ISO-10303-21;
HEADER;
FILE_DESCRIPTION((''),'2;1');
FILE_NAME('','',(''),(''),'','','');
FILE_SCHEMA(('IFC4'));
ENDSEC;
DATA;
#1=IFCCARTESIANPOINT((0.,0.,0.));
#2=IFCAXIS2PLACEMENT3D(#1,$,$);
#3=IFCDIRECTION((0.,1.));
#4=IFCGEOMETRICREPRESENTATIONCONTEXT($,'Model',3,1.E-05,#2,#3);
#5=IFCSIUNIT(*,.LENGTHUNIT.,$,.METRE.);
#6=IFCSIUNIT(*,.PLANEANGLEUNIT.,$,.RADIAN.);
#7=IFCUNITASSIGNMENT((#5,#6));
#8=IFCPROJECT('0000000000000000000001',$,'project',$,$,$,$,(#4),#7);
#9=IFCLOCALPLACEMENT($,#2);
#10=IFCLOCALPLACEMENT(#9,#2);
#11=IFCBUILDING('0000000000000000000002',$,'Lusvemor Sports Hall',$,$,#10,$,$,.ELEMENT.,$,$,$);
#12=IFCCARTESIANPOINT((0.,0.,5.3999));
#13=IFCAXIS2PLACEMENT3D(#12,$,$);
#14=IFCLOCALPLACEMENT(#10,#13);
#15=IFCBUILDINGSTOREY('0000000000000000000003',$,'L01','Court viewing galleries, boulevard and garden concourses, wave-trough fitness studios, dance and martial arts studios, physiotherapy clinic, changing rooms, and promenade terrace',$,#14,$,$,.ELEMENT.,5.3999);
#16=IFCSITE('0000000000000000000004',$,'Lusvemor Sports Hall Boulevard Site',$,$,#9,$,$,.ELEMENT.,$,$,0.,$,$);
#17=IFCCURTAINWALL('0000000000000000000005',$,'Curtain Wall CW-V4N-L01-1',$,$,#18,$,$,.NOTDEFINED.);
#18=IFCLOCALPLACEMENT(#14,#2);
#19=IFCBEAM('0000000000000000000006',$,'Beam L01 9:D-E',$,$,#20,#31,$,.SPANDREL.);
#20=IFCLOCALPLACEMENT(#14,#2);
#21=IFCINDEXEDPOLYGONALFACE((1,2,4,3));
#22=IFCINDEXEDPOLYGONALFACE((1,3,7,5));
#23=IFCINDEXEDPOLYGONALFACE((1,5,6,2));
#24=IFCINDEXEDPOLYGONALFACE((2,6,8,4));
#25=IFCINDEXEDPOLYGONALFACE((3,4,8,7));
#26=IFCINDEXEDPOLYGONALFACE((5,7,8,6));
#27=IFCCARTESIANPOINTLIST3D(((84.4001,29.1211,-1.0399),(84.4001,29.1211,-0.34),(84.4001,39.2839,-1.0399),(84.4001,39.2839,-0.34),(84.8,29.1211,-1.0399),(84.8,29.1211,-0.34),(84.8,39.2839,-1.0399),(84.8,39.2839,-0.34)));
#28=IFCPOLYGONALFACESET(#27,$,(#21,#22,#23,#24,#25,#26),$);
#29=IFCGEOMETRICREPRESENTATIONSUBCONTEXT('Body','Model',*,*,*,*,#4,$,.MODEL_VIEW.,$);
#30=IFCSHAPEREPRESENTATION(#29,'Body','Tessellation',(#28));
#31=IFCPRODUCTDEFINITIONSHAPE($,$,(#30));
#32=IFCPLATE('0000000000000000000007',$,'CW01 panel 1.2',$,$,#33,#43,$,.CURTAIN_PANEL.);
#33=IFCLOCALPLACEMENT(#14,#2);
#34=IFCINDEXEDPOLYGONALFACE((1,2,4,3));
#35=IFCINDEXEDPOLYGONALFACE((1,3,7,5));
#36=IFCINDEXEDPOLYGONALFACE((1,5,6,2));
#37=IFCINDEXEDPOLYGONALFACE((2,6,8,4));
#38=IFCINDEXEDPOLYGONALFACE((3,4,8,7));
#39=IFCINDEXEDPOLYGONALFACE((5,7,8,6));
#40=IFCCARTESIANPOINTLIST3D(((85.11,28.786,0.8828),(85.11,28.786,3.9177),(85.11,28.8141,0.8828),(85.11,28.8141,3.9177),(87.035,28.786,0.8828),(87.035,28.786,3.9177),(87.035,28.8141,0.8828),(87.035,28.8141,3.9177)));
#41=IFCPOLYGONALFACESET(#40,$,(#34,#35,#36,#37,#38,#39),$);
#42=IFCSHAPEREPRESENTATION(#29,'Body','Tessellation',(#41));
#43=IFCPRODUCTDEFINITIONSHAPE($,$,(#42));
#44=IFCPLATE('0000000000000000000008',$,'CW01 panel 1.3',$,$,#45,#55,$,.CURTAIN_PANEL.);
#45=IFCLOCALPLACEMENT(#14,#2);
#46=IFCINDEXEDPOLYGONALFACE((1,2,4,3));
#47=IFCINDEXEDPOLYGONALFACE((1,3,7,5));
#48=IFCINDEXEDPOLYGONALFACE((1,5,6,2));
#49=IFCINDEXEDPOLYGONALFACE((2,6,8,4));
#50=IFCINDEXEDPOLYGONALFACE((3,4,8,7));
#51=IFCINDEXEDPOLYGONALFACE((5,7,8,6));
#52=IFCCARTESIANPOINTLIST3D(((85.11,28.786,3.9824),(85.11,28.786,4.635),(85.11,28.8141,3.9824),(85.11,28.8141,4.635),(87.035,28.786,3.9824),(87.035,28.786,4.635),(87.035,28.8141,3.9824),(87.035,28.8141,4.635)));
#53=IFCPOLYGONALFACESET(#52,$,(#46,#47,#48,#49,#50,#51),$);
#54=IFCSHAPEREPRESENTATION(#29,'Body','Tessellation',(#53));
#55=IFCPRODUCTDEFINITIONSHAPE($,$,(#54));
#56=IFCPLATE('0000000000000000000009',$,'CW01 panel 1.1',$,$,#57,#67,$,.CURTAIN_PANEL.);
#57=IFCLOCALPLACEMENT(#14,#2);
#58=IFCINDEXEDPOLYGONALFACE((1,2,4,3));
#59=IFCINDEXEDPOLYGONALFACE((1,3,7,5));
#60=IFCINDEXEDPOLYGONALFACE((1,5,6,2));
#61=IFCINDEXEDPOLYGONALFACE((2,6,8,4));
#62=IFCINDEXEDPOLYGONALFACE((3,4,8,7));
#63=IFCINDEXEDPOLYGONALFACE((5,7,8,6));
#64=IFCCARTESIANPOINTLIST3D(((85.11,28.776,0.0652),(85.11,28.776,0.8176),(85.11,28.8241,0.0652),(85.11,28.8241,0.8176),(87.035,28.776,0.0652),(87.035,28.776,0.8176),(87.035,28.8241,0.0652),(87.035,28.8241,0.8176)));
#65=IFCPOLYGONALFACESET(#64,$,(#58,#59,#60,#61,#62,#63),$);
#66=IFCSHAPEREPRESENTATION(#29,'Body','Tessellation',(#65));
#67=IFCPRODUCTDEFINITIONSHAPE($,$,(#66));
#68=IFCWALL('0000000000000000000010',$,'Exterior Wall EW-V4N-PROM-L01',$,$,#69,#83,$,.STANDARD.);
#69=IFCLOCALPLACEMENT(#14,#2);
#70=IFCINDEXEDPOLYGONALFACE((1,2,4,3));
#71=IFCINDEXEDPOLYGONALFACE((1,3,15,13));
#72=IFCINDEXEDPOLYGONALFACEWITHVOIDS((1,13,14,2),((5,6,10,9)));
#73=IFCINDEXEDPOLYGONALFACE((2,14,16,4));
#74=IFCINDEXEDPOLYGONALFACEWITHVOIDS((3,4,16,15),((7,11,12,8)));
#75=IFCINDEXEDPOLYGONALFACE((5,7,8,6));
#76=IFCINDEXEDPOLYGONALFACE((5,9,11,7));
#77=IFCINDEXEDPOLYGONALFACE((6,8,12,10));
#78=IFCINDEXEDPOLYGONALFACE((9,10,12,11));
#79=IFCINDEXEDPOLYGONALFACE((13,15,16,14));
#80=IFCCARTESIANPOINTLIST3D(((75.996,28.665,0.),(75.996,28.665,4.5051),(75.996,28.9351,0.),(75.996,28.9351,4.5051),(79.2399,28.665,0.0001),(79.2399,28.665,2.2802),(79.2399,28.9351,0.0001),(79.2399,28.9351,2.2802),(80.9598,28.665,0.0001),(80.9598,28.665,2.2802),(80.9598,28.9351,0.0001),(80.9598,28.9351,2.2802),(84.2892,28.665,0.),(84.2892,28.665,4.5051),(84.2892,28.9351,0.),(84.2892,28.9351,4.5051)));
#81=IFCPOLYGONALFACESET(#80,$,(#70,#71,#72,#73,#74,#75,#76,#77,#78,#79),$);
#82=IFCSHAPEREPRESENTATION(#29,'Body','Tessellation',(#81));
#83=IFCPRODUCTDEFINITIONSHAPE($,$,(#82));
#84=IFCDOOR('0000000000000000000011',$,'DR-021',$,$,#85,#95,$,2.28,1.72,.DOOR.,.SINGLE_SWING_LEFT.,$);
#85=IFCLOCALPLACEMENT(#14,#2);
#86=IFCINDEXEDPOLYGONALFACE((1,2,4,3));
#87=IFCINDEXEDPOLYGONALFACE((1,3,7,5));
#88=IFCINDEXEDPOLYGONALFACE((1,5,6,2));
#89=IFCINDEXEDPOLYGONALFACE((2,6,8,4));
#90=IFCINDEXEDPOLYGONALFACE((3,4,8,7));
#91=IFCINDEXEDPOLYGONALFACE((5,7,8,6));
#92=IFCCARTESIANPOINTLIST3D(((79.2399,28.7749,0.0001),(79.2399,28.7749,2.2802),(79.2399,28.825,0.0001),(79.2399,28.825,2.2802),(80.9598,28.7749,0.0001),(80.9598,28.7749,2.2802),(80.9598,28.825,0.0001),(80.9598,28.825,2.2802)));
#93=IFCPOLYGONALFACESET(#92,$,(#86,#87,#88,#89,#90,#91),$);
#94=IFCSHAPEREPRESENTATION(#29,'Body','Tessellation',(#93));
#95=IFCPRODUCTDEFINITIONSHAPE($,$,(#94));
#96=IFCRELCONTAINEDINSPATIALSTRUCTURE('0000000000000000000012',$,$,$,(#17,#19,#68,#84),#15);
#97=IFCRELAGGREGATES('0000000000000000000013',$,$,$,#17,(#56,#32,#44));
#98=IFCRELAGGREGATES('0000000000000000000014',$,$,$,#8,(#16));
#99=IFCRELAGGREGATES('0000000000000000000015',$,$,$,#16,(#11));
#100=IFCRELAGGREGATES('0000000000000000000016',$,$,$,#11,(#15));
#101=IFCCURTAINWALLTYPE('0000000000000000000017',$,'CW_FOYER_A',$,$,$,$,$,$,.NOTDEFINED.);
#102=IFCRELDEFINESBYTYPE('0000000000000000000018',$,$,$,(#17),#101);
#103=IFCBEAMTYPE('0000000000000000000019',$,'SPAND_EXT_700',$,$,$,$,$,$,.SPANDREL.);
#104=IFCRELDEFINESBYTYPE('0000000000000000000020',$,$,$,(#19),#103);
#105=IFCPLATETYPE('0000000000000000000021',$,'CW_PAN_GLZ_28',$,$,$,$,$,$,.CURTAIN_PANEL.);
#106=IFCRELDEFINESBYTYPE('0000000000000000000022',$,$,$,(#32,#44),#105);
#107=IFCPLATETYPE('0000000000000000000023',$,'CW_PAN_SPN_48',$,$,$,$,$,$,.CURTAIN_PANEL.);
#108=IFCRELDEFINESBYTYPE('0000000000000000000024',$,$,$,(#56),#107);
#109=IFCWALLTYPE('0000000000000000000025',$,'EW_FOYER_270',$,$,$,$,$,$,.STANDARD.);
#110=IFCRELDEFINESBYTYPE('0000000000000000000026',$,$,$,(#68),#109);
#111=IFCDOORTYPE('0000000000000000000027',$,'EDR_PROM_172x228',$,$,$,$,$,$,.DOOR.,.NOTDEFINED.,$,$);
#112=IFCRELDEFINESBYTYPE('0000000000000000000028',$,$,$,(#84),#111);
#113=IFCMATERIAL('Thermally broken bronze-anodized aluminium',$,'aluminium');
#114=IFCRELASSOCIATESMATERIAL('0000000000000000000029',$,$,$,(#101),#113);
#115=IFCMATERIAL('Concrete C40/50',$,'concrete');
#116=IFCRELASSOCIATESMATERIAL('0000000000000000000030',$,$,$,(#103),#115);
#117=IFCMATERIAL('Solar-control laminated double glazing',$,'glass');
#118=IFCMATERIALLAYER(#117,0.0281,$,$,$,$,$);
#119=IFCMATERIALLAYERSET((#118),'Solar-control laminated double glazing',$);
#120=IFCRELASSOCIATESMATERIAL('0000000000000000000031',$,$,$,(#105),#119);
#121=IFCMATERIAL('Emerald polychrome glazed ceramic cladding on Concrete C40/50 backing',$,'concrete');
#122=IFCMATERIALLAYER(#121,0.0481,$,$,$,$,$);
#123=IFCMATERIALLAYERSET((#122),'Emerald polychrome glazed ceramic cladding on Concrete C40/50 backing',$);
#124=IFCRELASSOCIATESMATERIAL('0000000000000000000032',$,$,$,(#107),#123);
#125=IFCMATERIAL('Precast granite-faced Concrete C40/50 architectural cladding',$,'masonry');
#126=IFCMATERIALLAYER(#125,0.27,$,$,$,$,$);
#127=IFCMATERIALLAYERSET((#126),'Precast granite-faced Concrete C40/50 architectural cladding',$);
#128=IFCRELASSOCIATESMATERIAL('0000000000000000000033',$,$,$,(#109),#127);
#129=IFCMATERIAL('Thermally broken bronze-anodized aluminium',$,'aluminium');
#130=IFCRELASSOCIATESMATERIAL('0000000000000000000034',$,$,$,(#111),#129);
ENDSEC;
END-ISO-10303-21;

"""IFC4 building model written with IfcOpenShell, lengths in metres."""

from ifc_helpers import new_model, si_unit, direction, frame, frame_2d, origin, origin_2d, place, context, subcontext, project, spatial, rectangle, extrude, material, layer, layer_set, material_profile, profile_set, type_object, element, fill, aggregate, save


model = new_model("IFC4")

# Units and contexts
model_context = context("Model", 3, precision=1e-05, world=origin(), true_north=direction((0.0, 1.0)))
body_context = subcontext(model_context, "Body", "Model", "MODEL_VIEW")
ifc_project = project(units=[si_unit("LENGTHUNIT", "METRE"), si_unit("PLANEANGLEUNIT", "RADIAN")], contexts=[model_context])

# Site, building, storey
site_placement = place(None, origin())
site = spatial("IfcSite", under=ifc_project, at=site_placement, Name="Lusvemor Sports Hall Boulevard Site", CompositionType="ELEMENT", RefElevation=0.0)
building_placement = place(site_placement, origin())
building = spatial("IfcBuilding", under=site, at=building_placement, Name="Lusvemor Sports Hall", CompositionType="ELEMENT")
storey_placement = place(building_placement, frame((0.0, 0.0, 5.3999)))
storey = spatial("IfcBuildingStorey", under=building, at=storey_placement, Name="L01", Description="Court viewing galleries, boulevard and garden concourses, wave-trough fitness studios, dance and martial arts studios, physiotherapy clinic, changing rooms, and promenade terrace", CompositionType="ELEMENT", Elevation=5.3999)

# Curtain wall
ifc_material_1 = material(Name="Thermally broken bronze-anodized aluminium", Category="aluminium")
curtain_wall_type = type_object("IfcCurtainWallType", Name="CW_FOYER_A", PredefinedType="NOTDEFINED", material=ifc_material_1)
curtain_wall_placement = place(storey_placement, origin())
curtain_wall = element("IfcCurtainWall", 1, at=curtain_wall_placement, inside=storey, type_object=curtain_wall_type, Name="Curtain Wall CW-V4N-L01-1", PredefinedType="NOTDEFINED")

# Beam
ifc_material_2 = material(Name="Concrete C40/50", Category="concrete")
ifc_material_profile_1 = material_profile(ifc_material_2, rectangle(XDim=0.3999, YDim=0.7, at=origin_2d()), Name="RC400x700")
ifc_profile_set_1 = profile_set([ifc_material_profile_1], Name="Concrete C40/50")
beam_type_1 = type_object("IfcBeamType", Name="SPAND_EXT_700", PredefinedType="SPANDREL", material=ifc_profile_set_1)
beam_1_placement = place(storey_placement, frame((84.6001, 29.1211, -0.6899), z_axis=(0.0, 1.0, 0.0), x_axis=(-1.0, 0.0, 0.0)))
element("IfcBeam", 2, at=beam_1_placement, inside=storey, type_object=beam_type_1, Name="Beam L01 9:D-E", PredefinedType="SPANDREL", context=body_context, shape_type="SweptSolid", body=[
    extrude(rectangle(XDim=0.3999, YDim=0.7, at=origin_2d()), origin(), (0.0, 0.0, 1.0), 10.1628),
])

# Plates
ifc_material_3 = material(Name="Solar-control laminated double glazing", Category="glass")
ifc_layer_1 = layer(ifc_material_3, 0.0281)
ifc_layer_set_1 = layer_set([ifc_layer_1], Name="Solar-control laminated double glazing")
plate_type_1 = type_object("IfcPlateType", Name="CW_PAN_GLZ_28", PredefinedType="CURTAIN_PANEL", material=ifc_layer_set_1)
plate_1_placement = place(storey_placement, frame((86.0725, 28.8, 0.8828), z_axis=(0.0, 0.0, 1.0), x_axis=(1.0, 0.0, 0.0)))
plate_1 = element("IfcPlate", 3, at=plate_1_placement, type_object=plate_type_1, Name="CW01 panel 1.2", PredefinedType="CURTAIN_PANEL", context=body_context, shape_type="SweptSolid", body=[
    extrude(rectangle(XDim=1.925, YDim=0.0281, at=origin_2d()), origin(), (0.0, 0.0, 1.0), 3.0349),
])
plate_2_placement = place(storey_placement, frame((86.0725, 28.8, 3.9824), z_axis=(0.0, 0.0, 1.0), x_axis=(1.0, 0.0, 0.0)))
plate_2 = element("IfcPlate", 4, at=plate_2_placement, type_object=plate_type_1, Name="CW01 panel 1.3", PredefinedType="CURTAIN_PANEL", context=body_context, shape_type="SweptSolid", body=[
    extrude(rectangle(XDim=1.925, YDim=0.0281, at=origin_2d()), origin(), (0.0, 0.0, 1.0), 0.6526),
])
ifc_material_4 = material(Name="Emerald polychrome glazed ceramic cladding on Concrete C40/50 backing", Category="concrete")
ifc_layer_2 = layer(ifc_material_4, 0.0481)
ifc_layer_set_2 = layer_set([ifc_layer_2], Name="Emerald polychrome glazed ceramic cladding on Concrete C40/50 backing")
plate_type_2 = type_object("IfcPlateType", Name="CW_PAN_SPN_48", PredefinedType="CURTAIN_PANEL", material=ifc_layer_set_2)
plate_3_placement = place(storey_placement, frame((86.0725, 28.8, 0.0652), z_axis=(0.0, 0.0, 1.0), x_axis=(1.0, 0.0, 0.0)))
plate_3 = element("IfcPlate", 5, at=plate_3_placement, type_object=plate_type_2, Name="CW01 panel 1.1", PredefinedType="CURTAIN_PANEL", context=body_context, shape_type="SweptSolid", body=[
    extrude(rectangle(XDim=1.925, YDim=0.0481, at=origin_2d()), origin(), (0.0, 0.0, 1.0), 0.7524),
])
aggregate(curtain_wall, [plate_3, plate_1, plate_2])

# Wall, opening, door
ifc_material_5 = material(Name="Precast granite-faced Concrete C40/50 architectural cladding", Category="masonry")
ifc_layer_3 = layer(ifc_material_5, 0.27)
ifc_layer_set_3 = layer_set([ifc_layer_3], Name="Precast granite-faced Concrete C40/50 architectural cladding")
wall_type = type_object("IfcWallType", Name="EW_FOYER_270", PredefinedType="STANDARD", material=ifc_layer_set_3)
wall_placement = place(storey_placement, frame((75.9961, 28.8, 0.0), z_axis=(0.0, 0.0, 1.0), x_axis=(1.0, 0.0, 0.0)))
wall = element("IfcWall", 6, at=wall_placement, inside=storey, type_object=wall_type, Name="Exterior Wall EW-V4N-PROM-L01", PredefinedType="STANDARD", context=body_context, shape_type="SweptSolid", body=[
    extrude(rectangle(XDim=8.2932, YDim=0.27, at=frame_2d((4.1465, 0.0))), origin(), (0.0, 0.0, 1.0), 4.5051),
])
opening_placement = place(wall_placement, frame((3.2439, 0.0, 0.0)))
opening = element("IfcOpeningElement", 7, at=opening_placement, cuts=wall, PredefinedType="OPENING", context=body_context, shape_type="SweptSolid", body=[
    extrude(rectangle(XDim=1.72, YDim=2.28, at=frame_2d((0.8599, 1.1401))), frame((0.0, 0.135, 0.0), z_axis=(0.0, -1.0, 0.0), x_axis=(1.0, 0.0, 0.0)), (0.0, 0.0, 1.0), 0.27),
])
ifc_material_6 = material(Name="Thermally broken bronze-anodized aluminium", Category="aluminium")
door_type = type_object("IfcDoorType", Name="EDR_PROM_172x228", OperationType="NOTDEFINED", PredefinedType="DOOR", material=ifc_material_6)
door_placement = place(opening_placement, origin())
door = element("IfcDoor", 8, at=door_placement, inside=storey, type_object=door_type, Name="DR-021", OperationType="SINGLE_SWING_LEFT", OverallHeight=2.28, OverallWidth=1.72, PredefinedType="DOOR", context=body_context, shape_type="SweptSolid", body=[
    extrude(rectangle(XDim=1.72, YDim=2.28, at=frame_2d((0.8599, 1.1401))), frame((0.0, 0.0249, 0.0), z_axis=(0.0, -1.0, 0.0), x_axis=(1.0, 0.0, 0.0)), (0.0, 0.0, 1.0), 0.05),
])
fill(opening, door)

save(model, "model.ifc")
